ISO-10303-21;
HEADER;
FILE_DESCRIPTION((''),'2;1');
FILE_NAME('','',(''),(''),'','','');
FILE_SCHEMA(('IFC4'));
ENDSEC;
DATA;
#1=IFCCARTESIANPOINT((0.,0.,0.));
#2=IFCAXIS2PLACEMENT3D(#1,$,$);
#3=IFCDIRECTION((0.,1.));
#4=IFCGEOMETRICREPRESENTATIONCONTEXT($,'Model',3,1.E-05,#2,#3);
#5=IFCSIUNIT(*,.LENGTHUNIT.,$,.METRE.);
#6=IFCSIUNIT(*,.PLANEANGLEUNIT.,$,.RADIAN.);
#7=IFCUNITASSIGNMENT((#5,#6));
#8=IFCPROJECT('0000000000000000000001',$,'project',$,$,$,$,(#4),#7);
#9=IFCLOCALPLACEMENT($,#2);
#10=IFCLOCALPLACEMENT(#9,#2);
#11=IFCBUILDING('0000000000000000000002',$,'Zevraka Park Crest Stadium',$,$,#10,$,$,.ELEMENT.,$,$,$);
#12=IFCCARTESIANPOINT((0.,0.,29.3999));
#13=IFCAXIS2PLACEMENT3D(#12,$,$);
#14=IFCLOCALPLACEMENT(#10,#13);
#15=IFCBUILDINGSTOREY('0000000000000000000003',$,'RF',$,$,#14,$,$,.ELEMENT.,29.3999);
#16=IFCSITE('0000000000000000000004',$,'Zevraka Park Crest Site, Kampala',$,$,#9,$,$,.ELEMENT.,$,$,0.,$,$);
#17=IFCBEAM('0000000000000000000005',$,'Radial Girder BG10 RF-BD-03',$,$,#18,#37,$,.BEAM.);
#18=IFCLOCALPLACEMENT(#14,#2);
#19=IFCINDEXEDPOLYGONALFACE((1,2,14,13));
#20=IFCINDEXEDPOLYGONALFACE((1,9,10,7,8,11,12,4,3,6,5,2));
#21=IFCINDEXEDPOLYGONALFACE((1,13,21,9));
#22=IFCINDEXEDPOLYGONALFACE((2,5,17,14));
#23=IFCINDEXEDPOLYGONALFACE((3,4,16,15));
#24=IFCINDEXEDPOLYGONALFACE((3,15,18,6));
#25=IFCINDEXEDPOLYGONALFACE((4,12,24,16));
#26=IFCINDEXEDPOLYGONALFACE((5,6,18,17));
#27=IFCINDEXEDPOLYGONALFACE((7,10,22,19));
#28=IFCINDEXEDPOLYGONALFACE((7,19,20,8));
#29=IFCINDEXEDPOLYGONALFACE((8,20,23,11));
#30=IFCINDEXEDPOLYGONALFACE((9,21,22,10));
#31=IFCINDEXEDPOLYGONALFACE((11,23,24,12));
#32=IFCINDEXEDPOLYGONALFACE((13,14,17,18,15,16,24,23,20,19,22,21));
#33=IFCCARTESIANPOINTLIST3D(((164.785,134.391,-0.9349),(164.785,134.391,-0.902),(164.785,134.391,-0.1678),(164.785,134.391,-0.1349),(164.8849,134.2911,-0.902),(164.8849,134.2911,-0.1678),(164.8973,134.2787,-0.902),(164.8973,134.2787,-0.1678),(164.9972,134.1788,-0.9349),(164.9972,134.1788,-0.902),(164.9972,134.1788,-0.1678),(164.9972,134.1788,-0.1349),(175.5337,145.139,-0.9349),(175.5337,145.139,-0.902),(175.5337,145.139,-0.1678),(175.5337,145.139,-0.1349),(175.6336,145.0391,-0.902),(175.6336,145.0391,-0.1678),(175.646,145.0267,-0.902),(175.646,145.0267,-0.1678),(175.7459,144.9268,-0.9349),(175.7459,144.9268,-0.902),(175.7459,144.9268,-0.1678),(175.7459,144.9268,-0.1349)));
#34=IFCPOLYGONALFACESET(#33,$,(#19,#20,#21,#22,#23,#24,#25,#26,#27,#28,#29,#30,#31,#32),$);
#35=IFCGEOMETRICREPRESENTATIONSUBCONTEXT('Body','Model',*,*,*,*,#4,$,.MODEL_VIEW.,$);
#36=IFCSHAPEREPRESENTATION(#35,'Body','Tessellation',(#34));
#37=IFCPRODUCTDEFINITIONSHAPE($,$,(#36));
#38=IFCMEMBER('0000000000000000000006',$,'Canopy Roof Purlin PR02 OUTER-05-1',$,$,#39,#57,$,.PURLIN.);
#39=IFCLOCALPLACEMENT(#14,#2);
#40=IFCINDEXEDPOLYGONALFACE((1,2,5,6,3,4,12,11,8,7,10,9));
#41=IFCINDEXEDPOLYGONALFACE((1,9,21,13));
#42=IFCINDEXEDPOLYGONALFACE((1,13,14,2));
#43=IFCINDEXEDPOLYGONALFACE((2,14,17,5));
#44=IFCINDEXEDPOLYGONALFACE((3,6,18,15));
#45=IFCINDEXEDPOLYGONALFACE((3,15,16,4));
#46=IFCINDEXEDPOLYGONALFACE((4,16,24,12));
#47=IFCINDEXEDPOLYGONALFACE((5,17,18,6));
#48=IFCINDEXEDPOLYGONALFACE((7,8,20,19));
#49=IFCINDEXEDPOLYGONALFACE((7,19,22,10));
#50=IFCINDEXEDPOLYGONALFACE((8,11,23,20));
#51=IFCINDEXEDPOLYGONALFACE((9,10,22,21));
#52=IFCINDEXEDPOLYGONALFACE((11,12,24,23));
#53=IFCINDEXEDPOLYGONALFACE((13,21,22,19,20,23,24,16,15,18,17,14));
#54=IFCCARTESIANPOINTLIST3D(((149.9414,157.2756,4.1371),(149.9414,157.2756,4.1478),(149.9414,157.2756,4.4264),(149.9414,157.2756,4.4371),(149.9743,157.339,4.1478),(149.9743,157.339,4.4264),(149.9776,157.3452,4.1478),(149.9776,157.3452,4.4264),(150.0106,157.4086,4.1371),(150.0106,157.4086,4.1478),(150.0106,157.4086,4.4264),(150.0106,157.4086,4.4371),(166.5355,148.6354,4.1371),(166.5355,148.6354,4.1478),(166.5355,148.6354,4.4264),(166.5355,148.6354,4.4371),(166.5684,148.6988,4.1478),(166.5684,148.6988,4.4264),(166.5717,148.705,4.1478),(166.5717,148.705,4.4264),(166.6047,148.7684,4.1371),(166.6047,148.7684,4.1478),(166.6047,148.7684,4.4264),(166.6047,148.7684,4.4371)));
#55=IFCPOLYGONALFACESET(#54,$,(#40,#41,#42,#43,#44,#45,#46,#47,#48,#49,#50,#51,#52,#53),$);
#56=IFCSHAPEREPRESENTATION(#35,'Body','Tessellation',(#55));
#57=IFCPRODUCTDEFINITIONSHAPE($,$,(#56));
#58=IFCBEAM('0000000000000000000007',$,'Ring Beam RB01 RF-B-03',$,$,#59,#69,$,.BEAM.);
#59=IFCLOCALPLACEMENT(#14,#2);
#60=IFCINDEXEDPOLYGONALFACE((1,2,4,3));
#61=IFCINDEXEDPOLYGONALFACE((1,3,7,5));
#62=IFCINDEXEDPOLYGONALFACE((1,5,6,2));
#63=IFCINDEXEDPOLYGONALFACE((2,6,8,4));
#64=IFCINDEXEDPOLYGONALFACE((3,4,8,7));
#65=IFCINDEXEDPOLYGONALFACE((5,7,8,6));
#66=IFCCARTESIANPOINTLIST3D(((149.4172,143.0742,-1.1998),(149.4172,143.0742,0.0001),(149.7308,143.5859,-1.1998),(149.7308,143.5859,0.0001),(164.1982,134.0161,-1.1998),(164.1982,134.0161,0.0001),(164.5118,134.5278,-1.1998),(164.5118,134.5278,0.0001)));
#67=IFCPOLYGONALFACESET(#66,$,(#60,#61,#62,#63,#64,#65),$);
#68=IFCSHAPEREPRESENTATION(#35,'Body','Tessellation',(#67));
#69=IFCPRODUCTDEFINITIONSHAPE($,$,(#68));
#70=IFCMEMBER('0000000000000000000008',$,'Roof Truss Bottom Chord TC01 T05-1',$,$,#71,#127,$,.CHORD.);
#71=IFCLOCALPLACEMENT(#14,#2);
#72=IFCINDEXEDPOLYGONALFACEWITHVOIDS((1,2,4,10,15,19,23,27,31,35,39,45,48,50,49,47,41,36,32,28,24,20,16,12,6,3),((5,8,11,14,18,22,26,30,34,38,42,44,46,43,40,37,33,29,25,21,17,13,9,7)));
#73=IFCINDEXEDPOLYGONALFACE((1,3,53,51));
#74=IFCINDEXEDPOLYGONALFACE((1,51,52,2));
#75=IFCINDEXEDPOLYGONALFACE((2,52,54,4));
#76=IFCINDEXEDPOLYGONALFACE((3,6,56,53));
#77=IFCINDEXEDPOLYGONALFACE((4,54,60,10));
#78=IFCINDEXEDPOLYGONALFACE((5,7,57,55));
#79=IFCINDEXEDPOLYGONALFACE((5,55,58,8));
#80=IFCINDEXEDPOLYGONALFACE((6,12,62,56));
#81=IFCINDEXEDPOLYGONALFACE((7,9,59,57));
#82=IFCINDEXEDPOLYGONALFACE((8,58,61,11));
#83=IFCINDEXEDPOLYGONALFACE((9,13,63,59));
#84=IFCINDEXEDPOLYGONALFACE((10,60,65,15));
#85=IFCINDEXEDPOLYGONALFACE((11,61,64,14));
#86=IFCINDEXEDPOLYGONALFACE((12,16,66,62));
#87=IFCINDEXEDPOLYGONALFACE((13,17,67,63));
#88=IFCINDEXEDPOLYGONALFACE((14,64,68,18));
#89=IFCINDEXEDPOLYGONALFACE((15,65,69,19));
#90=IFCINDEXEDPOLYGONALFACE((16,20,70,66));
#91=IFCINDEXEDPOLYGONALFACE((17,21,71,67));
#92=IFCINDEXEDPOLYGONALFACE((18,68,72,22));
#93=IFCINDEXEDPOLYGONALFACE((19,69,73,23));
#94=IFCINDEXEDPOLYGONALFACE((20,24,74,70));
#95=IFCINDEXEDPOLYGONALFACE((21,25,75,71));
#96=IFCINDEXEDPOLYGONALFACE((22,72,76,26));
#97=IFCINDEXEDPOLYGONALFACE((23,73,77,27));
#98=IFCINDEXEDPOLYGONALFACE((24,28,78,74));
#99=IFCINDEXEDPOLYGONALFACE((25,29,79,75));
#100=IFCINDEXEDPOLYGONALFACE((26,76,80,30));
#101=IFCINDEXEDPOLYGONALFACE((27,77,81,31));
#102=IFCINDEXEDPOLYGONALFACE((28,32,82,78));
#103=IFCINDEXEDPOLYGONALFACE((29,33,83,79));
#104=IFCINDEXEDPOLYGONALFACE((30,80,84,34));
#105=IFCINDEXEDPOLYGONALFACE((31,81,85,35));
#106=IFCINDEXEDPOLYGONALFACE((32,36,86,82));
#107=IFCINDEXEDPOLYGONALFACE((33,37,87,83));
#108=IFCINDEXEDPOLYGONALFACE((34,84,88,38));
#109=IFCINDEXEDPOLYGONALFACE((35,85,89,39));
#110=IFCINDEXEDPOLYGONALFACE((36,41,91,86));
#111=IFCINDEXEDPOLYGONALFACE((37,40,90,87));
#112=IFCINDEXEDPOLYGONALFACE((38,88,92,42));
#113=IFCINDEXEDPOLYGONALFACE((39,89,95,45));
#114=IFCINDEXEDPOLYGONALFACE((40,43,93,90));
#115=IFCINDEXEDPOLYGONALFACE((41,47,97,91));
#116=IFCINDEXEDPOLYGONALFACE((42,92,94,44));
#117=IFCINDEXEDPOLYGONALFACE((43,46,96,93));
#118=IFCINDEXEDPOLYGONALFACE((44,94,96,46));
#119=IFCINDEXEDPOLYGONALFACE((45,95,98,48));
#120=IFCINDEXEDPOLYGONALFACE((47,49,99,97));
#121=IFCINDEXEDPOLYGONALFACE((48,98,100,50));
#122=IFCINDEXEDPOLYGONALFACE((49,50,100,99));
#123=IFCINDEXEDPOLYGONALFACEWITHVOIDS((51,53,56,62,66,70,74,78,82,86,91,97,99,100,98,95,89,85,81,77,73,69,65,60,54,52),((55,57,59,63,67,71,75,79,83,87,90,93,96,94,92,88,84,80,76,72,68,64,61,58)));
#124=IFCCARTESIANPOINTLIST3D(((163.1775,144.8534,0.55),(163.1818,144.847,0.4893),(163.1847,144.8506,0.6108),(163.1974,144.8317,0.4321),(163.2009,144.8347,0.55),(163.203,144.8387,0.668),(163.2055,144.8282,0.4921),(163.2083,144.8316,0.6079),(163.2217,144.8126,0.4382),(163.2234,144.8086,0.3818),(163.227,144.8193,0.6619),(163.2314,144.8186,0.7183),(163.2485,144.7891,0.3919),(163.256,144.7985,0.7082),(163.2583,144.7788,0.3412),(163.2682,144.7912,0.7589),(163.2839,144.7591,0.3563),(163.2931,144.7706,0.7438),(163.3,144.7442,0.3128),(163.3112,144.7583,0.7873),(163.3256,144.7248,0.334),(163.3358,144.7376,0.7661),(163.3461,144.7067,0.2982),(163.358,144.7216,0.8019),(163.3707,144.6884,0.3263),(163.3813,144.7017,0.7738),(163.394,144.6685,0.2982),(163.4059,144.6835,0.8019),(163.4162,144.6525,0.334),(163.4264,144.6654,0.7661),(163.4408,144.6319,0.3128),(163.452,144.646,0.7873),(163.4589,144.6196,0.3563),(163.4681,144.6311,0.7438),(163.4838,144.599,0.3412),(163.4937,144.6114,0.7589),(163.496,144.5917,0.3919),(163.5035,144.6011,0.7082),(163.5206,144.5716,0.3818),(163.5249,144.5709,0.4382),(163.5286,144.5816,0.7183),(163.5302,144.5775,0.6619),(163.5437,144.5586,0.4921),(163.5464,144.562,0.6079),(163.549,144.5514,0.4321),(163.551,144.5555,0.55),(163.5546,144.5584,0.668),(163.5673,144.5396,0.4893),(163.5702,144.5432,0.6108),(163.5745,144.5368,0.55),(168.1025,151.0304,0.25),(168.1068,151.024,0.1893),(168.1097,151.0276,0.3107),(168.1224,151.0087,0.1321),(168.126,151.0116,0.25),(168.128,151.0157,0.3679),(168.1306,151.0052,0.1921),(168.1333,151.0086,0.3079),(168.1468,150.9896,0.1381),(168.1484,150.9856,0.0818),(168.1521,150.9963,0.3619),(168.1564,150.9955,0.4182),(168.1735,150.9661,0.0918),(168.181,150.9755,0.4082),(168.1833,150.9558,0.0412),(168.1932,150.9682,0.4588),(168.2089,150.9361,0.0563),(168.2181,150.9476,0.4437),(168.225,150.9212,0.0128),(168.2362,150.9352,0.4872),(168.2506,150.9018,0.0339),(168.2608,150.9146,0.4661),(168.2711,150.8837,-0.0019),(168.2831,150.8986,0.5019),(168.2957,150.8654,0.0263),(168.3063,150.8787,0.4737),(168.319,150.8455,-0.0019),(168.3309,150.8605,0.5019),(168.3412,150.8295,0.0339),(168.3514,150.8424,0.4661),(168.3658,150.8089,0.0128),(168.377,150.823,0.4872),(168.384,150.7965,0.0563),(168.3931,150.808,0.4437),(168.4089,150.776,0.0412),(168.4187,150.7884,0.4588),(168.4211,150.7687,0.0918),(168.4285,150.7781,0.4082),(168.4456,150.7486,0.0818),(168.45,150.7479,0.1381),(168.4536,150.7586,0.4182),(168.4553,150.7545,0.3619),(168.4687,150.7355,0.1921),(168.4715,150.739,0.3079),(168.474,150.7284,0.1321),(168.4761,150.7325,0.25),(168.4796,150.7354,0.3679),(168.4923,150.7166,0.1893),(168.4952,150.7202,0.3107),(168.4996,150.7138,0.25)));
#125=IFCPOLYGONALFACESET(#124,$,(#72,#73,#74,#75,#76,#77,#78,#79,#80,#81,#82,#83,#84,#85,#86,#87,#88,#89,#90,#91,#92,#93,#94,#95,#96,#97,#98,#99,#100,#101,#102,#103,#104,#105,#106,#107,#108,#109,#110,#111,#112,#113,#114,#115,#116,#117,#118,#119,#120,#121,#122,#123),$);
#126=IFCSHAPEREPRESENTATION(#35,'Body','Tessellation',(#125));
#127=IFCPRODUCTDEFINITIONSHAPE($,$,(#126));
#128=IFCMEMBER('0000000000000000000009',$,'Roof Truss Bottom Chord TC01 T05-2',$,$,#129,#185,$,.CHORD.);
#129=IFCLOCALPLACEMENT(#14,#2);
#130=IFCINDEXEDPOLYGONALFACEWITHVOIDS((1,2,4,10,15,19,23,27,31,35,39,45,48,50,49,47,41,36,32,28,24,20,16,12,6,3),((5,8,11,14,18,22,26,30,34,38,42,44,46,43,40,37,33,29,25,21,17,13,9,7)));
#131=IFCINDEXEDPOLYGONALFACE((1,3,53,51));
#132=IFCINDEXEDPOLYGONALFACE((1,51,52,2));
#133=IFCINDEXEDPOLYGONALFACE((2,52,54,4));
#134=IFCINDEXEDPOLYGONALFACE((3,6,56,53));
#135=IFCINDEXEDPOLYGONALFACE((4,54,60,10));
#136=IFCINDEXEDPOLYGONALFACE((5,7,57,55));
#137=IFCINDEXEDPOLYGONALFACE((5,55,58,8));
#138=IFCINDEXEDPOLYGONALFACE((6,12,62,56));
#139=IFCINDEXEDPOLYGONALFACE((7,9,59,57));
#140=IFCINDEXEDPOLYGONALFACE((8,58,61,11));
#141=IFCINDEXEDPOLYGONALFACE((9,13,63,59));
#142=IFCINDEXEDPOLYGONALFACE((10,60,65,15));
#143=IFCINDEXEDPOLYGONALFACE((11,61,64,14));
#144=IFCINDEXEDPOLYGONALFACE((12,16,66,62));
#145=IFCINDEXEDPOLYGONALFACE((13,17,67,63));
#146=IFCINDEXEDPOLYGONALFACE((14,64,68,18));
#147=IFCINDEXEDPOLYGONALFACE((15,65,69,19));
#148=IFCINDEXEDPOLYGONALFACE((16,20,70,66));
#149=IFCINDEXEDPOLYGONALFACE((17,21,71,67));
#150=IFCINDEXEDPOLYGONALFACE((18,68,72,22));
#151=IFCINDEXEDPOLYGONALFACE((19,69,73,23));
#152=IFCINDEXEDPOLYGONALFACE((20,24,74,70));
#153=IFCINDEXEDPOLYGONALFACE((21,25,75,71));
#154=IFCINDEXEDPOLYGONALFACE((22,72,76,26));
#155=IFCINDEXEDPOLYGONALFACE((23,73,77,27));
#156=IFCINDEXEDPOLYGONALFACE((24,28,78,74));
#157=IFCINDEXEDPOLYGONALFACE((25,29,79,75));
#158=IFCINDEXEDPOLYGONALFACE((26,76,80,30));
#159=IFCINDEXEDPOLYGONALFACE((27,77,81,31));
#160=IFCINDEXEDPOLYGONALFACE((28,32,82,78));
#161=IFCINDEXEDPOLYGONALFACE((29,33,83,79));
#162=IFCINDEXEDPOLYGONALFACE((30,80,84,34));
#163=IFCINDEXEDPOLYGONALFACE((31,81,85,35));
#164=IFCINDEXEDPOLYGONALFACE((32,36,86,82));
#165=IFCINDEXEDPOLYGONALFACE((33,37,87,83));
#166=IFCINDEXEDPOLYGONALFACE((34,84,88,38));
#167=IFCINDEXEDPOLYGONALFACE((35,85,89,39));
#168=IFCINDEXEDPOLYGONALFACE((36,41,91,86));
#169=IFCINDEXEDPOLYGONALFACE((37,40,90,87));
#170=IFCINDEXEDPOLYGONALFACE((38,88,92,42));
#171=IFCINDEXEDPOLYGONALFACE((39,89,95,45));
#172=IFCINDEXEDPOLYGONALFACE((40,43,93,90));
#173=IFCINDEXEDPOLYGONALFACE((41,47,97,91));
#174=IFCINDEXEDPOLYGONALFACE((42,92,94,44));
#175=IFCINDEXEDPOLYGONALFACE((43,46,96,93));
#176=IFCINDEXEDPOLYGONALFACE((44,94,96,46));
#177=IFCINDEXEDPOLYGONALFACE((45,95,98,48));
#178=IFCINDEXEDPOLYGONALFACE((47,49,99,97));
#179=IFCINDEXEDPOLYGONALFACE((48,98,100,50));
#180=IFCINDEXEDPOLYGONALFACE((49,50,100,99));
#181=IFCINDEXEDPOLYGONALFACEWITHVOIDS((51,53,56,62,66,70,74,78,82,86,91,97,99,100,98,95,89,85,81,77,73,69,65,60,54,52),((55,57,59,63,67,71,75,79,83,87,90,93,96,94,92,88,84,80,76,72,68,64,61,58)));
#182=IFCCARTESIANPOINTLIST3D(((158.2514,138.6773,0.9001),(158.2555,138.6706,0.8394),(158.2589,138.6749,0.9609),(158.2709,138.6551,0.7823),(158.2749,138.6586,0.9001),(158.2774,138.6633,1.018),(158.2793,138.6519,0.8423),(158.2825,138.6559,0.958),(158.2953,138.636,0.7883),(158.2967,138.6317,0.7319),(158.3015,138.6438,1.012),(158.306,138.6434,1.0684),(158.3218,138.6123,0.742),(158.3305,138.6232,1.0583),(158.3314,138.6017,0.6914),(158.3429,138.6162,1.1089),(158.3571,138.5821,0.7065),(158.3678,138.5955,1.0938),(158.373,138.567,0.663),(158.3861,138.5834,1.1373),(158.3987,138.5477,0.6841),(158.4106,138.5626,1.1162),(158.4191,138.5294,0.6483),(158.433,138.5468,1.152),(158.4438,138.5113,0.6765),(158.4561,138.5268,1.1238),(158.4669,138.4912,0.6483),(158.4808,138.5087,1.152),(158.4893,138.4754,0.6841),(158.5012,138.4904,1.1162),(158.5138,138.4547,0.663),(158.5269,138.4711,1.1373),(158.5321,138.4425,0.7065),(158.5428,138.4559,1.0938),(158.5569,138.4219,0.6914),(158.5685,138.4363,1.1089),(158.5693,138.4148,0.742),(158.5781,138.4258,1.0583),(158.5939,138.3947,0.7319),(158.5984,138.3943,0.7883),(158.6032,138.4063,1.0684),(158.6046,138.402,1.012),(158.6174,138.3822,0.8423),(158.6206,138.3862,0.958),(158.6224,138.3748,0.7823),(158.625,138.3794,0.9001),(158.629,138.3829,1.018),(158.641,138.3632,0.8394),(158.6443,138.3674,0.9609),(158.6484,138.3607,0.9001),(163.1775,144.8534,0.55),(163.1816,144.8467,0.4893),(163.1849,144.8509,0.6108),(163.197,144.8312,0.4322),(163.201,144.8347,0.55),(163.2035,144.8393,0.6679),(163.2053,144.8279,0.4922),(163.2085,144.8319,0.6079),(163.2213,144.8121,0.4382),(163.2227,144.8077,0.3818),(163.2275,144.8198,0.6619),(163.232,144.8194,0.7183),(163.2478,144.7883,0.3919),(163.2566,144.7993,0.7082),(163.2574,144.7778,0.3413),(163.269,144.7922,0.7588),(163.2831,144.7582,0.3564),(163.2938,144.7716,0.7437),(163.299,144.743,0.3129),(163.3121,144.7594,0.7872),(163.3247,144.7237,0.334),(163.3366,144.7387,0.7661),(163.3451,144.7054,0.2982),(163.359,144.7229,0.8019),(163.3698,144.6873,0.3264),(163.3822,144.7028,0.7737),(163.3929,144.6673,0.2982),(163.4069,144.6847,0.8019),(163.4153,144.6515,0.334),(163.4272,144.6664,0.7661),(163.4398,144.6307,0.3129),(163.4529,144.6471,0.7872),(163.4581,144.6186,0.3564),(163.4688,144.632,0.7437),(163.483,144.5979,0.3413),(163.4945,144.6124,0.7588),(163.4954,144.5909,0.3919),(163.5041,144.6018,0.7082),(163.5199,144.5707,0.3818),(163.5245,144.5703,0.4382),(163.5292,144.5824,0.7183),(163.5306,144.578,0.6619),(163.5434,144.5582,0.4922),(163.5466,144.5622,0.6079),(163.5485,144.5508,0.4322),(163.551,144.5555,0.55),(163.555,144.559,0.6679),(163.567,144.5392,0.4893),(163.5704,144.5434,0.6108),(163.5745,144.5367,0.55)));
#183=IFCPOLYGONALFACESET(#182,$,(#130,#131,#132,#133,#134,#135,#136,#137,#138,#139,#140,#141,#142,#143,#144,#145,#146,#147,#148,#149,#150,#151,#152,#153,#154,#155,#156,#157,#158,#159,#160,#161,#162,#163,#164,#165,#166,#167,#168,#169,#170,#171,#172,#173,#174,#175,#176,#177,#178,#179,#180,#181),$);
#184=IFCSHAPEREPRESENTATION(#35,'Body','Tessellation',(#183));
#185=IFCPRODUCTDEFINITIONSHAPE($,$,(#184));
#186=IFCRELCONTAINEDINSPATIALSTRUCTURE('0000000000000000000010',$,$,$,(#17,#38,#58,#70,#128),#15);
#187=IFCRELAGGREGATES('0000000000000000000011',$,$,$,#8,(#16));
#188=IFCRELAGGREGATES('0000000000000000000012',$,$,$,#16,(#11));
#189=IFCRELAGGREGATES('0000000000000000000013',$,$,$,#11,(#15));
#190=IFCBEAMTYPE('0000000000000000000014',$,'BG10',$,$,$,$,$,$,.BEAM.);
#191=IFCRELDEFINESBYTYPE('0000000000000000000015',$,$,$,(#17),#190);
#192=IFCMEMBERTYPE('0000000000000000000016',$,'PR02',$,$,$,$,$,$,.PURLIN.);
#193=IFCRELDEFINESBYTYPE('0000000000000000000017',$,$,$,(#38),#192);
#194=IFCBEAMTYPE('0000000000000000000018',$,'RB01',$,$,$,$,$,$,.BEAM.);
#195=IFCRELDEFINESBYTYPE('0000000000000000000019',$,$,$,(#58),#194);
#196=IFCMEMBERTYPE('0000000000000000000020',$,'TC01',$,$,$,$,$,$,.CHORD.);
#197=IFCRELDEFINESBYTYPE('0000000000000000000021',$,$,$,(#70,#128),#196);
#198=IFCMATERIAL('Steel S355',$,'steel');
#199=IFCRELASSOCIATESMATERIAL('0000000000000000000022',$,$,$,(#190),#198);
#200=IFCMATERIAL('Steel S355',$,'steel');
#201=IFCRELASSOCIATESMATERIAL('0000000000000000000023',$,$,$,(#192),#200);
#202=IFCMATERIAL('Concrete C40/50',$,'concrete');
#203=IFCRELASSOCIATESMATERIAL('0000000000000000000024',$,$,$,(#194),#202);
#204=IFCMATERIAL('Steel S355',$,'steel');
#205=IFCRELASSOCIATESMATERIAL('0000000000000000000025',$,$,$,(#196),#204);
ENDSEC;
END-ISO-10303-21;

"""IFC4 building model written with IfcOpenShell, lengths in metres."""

from ifc_helpers import new_model, si_unit, direction, frame, origin, origin_2d, place, context, subcontext, project, spatial, rectangle, hollow_circle, i_section, extrude, material, material_profile, profile_set, type_object, element, save


model = new_model("IFC4")

# Units and contexts
model_context = context("Model", 3, precision=1e-05, world=origin(), true_north=direction((0.0, 1.0)))
body_context = subcontext(model_context, "Body", "Model", "MODEL_VIEW")
ifc_project = project(units=[si_unit("LENGTHUNIT", "METRE"), si_unit("PLANEANGLEUNIT", "RADIAN")], contexts=[model_context])

# Site, building, storey
site_placement = place(None, origin())
site = spatial("IfcSite", under=ifc_project, at=site_placement, Name="Zevraka Park Crest Site, Kampala", CompositionType="ELEMENT", RefElevation=0.0)
building_placement = place(site_placement, origin())
building = spatial("IfcBuilding", under=site, at=building_placement, Name="Zevraka Park Crest Stadium", CompositionType="ELEMENT")
storey_placement = place(building_placement, frame((0.0, 0.0, 29.3999)))
storey = spatial("IfcBuildingStorey", under=building, at=storey_placement, Name="RF", CompositionType="ELEMENT", Elevation=29.3999)

# Beam
ifc_material_1 = material(Name="Steel S355", Category="steel")
ifc_material_profile_1 = material_profile(ifc_material_1, i_section(OverallWidth=0.3, OverallDepth=0.8, WebThickness=0.0176, FlangeThickness=0.033, at=origin_2d()), Name="HEB 800")
ifc_profile_set_1 = profile_set([ifc_material_profile_1], Name="Steel S355")
beam_type_1 = type_object("IfcBeamType", Name="BG10", PredefinedType="BEAM", material=ifc_profile_set_1)
beam_1_placement = place(storey_placement, frame((164.8911, 134.2849, -0.5349), z_axis=(0.707131, 0.707083, 0.0), x_axis=(-0.707083, 0.707131, 0.0)))
element("IfcBeam", 1, at=beam_1_placement, inside=storey, type_object=beam_type_1, Name="Radial Girder BG10 RF-BD-03", PredefinedType="BEAM", context=body_context, shape_type="SweptSolid", body=[
    extrude(i_section(OverallWidth=0.3, OverallDepth=0.8, WebThickness=0.0176, FlangeThickness=0.033, at=origin_2d()), origin(), (0.0, 0.0, 1.0), 15.2004),
])

# Member
ifc_material_2 = material(Name="Steel S355", Category="steel")
ifc_material_profile_2 = material_profile(ifc_material_2, i_section(OverallWidth=0.1499, OverallDepth=0.3, WebThickness=0.0071, FlangeThickness=0.0107, at=origin_2d()), Name="IPE 300")
ifc_profile_set_2 = profile_set([ifc_material_profile_2], Name="Steel S355")
member_type_1 = type_object("IfcMemberType", Name="PR02", PredefinedType="PURLIN", material=ifc_profile_set_2)
member_1_placement = place(storey_placement, frame((166.5701, 148.7019, 4.2871), z_axis=(-0.88697, 0.461826, 0.0), x_axis=(-0.461826, -0.88697, 0.0)))
element("IfcMember", 2, at=member_1_placement, inside=storey, type_object=member_type_1, Name="Canopy Roof Purlin PR02 OUTER-05-1", PredefinedType="PURLIN", context=body_context, shape_type="SweptSolid", body=[
    extrude(i_section(OverallWidth=0.1499, OverallDepth=0.3, WebThickness=0.0071, FlangeThickness=0.0107, at=origin_2d()), origin(), (0.0, 0.0, 1.0), 18.7087),
])

# Beam
ifc_material_3 = material(Name="Concrete C40/50", Category="concrete")
ifc_material_profile_3 = material_profile(ifc_material_3, rectangle(XDim=0.6001, YDim=1.2, at=origin_2d()), Name="RC 1200x600")
ifc_profile_set_3 = profile_set([ifc_material_profile_3], Name="Concrete C40/50")
beam_type_2 = type_object("IfcBeamType", Name="RB01", PredefinedType="BEAM", material=ifc_profile_set_3)
beam_2_placement = place(storey_placement, frame((164.355, 134.272, -0.5999), z_axis=(-0.852633, 0.522511, 0.0), x_axis=(-0.522511, -0.852633, 0.0)))
element("IfcBeam", 3, at=beam_2_placement, inside=storey, type_object=beam_type_2, Name="Ring Beam RB01 RF-B-03", PredefinedType="BEAM", context=body_context, shape_type="SweptSolid", body=[
    extrude(rectangle(XDim=0.6001, YDim=1.2, at=origin_2d()), origin(), (0.0, 0.0, 1.0), 17.3357),
])

# Members
ifc_material_4 = material(Name="Steel S355", Category="steel")
ifc_material_profile_4 = material_profile(ifc_material_4, hollow_circle(Radius=0.2539, WallThickness=0.03, at=origin_2d()), Name="CHS 508.0x30")
ifc_profile_set_4 = profile_set([ifc_material_profile_4], Name="Steel S355")
member_type_2 = type_object("IfcMemberType", Name="TC01", PredefinedType="CHORD", material=ifc_profile_set_4)
member_2_placement = place(storey_placement, frame((168.301, 150.8721, 0.25), z_axis=(-0.622967, -0.781327, 0.037953), x_axis=(0.78189, -0.623417, 0.0)))
element("IfcMember", 4, at=member_2_placement, inside=storey, type_object=member_type_2, Name="Roof Truss Bottom Chord TC01 T05-1", PredefinedType="CHORD", context=body_context, shape_type="SweptSolid", body=[
    extrude(hollow_circle(Radius=0.2539, WallThickness=0.03, at=origin_2d()), origin(), (0.0, 0.0, 1.0), 7.9058),
])
member_3_placement = place(storey_placement, frame((163.376, 144.6951, 0.55), z_axis=(-0.622941, -0.781015, 0.044273), x_axis=(0.781782, -0.623552, 0.0)))
element("IfcMember", 5, at=member_3_placement, inside=storey, type_object=member_type_2, Name="Roof Truss Bottom Chord TC01 T05-2", PredefinedType="CHORD", context=body_context, shape_type="SweptSolid", body=[
    extrude(hollow_circle(Radius=0.2539, WallThickness=0.03, at=origin_2d()), origin(), (0.0, 0.0, 1.0), 7.9077),
])

save(model, "model.ifc")
